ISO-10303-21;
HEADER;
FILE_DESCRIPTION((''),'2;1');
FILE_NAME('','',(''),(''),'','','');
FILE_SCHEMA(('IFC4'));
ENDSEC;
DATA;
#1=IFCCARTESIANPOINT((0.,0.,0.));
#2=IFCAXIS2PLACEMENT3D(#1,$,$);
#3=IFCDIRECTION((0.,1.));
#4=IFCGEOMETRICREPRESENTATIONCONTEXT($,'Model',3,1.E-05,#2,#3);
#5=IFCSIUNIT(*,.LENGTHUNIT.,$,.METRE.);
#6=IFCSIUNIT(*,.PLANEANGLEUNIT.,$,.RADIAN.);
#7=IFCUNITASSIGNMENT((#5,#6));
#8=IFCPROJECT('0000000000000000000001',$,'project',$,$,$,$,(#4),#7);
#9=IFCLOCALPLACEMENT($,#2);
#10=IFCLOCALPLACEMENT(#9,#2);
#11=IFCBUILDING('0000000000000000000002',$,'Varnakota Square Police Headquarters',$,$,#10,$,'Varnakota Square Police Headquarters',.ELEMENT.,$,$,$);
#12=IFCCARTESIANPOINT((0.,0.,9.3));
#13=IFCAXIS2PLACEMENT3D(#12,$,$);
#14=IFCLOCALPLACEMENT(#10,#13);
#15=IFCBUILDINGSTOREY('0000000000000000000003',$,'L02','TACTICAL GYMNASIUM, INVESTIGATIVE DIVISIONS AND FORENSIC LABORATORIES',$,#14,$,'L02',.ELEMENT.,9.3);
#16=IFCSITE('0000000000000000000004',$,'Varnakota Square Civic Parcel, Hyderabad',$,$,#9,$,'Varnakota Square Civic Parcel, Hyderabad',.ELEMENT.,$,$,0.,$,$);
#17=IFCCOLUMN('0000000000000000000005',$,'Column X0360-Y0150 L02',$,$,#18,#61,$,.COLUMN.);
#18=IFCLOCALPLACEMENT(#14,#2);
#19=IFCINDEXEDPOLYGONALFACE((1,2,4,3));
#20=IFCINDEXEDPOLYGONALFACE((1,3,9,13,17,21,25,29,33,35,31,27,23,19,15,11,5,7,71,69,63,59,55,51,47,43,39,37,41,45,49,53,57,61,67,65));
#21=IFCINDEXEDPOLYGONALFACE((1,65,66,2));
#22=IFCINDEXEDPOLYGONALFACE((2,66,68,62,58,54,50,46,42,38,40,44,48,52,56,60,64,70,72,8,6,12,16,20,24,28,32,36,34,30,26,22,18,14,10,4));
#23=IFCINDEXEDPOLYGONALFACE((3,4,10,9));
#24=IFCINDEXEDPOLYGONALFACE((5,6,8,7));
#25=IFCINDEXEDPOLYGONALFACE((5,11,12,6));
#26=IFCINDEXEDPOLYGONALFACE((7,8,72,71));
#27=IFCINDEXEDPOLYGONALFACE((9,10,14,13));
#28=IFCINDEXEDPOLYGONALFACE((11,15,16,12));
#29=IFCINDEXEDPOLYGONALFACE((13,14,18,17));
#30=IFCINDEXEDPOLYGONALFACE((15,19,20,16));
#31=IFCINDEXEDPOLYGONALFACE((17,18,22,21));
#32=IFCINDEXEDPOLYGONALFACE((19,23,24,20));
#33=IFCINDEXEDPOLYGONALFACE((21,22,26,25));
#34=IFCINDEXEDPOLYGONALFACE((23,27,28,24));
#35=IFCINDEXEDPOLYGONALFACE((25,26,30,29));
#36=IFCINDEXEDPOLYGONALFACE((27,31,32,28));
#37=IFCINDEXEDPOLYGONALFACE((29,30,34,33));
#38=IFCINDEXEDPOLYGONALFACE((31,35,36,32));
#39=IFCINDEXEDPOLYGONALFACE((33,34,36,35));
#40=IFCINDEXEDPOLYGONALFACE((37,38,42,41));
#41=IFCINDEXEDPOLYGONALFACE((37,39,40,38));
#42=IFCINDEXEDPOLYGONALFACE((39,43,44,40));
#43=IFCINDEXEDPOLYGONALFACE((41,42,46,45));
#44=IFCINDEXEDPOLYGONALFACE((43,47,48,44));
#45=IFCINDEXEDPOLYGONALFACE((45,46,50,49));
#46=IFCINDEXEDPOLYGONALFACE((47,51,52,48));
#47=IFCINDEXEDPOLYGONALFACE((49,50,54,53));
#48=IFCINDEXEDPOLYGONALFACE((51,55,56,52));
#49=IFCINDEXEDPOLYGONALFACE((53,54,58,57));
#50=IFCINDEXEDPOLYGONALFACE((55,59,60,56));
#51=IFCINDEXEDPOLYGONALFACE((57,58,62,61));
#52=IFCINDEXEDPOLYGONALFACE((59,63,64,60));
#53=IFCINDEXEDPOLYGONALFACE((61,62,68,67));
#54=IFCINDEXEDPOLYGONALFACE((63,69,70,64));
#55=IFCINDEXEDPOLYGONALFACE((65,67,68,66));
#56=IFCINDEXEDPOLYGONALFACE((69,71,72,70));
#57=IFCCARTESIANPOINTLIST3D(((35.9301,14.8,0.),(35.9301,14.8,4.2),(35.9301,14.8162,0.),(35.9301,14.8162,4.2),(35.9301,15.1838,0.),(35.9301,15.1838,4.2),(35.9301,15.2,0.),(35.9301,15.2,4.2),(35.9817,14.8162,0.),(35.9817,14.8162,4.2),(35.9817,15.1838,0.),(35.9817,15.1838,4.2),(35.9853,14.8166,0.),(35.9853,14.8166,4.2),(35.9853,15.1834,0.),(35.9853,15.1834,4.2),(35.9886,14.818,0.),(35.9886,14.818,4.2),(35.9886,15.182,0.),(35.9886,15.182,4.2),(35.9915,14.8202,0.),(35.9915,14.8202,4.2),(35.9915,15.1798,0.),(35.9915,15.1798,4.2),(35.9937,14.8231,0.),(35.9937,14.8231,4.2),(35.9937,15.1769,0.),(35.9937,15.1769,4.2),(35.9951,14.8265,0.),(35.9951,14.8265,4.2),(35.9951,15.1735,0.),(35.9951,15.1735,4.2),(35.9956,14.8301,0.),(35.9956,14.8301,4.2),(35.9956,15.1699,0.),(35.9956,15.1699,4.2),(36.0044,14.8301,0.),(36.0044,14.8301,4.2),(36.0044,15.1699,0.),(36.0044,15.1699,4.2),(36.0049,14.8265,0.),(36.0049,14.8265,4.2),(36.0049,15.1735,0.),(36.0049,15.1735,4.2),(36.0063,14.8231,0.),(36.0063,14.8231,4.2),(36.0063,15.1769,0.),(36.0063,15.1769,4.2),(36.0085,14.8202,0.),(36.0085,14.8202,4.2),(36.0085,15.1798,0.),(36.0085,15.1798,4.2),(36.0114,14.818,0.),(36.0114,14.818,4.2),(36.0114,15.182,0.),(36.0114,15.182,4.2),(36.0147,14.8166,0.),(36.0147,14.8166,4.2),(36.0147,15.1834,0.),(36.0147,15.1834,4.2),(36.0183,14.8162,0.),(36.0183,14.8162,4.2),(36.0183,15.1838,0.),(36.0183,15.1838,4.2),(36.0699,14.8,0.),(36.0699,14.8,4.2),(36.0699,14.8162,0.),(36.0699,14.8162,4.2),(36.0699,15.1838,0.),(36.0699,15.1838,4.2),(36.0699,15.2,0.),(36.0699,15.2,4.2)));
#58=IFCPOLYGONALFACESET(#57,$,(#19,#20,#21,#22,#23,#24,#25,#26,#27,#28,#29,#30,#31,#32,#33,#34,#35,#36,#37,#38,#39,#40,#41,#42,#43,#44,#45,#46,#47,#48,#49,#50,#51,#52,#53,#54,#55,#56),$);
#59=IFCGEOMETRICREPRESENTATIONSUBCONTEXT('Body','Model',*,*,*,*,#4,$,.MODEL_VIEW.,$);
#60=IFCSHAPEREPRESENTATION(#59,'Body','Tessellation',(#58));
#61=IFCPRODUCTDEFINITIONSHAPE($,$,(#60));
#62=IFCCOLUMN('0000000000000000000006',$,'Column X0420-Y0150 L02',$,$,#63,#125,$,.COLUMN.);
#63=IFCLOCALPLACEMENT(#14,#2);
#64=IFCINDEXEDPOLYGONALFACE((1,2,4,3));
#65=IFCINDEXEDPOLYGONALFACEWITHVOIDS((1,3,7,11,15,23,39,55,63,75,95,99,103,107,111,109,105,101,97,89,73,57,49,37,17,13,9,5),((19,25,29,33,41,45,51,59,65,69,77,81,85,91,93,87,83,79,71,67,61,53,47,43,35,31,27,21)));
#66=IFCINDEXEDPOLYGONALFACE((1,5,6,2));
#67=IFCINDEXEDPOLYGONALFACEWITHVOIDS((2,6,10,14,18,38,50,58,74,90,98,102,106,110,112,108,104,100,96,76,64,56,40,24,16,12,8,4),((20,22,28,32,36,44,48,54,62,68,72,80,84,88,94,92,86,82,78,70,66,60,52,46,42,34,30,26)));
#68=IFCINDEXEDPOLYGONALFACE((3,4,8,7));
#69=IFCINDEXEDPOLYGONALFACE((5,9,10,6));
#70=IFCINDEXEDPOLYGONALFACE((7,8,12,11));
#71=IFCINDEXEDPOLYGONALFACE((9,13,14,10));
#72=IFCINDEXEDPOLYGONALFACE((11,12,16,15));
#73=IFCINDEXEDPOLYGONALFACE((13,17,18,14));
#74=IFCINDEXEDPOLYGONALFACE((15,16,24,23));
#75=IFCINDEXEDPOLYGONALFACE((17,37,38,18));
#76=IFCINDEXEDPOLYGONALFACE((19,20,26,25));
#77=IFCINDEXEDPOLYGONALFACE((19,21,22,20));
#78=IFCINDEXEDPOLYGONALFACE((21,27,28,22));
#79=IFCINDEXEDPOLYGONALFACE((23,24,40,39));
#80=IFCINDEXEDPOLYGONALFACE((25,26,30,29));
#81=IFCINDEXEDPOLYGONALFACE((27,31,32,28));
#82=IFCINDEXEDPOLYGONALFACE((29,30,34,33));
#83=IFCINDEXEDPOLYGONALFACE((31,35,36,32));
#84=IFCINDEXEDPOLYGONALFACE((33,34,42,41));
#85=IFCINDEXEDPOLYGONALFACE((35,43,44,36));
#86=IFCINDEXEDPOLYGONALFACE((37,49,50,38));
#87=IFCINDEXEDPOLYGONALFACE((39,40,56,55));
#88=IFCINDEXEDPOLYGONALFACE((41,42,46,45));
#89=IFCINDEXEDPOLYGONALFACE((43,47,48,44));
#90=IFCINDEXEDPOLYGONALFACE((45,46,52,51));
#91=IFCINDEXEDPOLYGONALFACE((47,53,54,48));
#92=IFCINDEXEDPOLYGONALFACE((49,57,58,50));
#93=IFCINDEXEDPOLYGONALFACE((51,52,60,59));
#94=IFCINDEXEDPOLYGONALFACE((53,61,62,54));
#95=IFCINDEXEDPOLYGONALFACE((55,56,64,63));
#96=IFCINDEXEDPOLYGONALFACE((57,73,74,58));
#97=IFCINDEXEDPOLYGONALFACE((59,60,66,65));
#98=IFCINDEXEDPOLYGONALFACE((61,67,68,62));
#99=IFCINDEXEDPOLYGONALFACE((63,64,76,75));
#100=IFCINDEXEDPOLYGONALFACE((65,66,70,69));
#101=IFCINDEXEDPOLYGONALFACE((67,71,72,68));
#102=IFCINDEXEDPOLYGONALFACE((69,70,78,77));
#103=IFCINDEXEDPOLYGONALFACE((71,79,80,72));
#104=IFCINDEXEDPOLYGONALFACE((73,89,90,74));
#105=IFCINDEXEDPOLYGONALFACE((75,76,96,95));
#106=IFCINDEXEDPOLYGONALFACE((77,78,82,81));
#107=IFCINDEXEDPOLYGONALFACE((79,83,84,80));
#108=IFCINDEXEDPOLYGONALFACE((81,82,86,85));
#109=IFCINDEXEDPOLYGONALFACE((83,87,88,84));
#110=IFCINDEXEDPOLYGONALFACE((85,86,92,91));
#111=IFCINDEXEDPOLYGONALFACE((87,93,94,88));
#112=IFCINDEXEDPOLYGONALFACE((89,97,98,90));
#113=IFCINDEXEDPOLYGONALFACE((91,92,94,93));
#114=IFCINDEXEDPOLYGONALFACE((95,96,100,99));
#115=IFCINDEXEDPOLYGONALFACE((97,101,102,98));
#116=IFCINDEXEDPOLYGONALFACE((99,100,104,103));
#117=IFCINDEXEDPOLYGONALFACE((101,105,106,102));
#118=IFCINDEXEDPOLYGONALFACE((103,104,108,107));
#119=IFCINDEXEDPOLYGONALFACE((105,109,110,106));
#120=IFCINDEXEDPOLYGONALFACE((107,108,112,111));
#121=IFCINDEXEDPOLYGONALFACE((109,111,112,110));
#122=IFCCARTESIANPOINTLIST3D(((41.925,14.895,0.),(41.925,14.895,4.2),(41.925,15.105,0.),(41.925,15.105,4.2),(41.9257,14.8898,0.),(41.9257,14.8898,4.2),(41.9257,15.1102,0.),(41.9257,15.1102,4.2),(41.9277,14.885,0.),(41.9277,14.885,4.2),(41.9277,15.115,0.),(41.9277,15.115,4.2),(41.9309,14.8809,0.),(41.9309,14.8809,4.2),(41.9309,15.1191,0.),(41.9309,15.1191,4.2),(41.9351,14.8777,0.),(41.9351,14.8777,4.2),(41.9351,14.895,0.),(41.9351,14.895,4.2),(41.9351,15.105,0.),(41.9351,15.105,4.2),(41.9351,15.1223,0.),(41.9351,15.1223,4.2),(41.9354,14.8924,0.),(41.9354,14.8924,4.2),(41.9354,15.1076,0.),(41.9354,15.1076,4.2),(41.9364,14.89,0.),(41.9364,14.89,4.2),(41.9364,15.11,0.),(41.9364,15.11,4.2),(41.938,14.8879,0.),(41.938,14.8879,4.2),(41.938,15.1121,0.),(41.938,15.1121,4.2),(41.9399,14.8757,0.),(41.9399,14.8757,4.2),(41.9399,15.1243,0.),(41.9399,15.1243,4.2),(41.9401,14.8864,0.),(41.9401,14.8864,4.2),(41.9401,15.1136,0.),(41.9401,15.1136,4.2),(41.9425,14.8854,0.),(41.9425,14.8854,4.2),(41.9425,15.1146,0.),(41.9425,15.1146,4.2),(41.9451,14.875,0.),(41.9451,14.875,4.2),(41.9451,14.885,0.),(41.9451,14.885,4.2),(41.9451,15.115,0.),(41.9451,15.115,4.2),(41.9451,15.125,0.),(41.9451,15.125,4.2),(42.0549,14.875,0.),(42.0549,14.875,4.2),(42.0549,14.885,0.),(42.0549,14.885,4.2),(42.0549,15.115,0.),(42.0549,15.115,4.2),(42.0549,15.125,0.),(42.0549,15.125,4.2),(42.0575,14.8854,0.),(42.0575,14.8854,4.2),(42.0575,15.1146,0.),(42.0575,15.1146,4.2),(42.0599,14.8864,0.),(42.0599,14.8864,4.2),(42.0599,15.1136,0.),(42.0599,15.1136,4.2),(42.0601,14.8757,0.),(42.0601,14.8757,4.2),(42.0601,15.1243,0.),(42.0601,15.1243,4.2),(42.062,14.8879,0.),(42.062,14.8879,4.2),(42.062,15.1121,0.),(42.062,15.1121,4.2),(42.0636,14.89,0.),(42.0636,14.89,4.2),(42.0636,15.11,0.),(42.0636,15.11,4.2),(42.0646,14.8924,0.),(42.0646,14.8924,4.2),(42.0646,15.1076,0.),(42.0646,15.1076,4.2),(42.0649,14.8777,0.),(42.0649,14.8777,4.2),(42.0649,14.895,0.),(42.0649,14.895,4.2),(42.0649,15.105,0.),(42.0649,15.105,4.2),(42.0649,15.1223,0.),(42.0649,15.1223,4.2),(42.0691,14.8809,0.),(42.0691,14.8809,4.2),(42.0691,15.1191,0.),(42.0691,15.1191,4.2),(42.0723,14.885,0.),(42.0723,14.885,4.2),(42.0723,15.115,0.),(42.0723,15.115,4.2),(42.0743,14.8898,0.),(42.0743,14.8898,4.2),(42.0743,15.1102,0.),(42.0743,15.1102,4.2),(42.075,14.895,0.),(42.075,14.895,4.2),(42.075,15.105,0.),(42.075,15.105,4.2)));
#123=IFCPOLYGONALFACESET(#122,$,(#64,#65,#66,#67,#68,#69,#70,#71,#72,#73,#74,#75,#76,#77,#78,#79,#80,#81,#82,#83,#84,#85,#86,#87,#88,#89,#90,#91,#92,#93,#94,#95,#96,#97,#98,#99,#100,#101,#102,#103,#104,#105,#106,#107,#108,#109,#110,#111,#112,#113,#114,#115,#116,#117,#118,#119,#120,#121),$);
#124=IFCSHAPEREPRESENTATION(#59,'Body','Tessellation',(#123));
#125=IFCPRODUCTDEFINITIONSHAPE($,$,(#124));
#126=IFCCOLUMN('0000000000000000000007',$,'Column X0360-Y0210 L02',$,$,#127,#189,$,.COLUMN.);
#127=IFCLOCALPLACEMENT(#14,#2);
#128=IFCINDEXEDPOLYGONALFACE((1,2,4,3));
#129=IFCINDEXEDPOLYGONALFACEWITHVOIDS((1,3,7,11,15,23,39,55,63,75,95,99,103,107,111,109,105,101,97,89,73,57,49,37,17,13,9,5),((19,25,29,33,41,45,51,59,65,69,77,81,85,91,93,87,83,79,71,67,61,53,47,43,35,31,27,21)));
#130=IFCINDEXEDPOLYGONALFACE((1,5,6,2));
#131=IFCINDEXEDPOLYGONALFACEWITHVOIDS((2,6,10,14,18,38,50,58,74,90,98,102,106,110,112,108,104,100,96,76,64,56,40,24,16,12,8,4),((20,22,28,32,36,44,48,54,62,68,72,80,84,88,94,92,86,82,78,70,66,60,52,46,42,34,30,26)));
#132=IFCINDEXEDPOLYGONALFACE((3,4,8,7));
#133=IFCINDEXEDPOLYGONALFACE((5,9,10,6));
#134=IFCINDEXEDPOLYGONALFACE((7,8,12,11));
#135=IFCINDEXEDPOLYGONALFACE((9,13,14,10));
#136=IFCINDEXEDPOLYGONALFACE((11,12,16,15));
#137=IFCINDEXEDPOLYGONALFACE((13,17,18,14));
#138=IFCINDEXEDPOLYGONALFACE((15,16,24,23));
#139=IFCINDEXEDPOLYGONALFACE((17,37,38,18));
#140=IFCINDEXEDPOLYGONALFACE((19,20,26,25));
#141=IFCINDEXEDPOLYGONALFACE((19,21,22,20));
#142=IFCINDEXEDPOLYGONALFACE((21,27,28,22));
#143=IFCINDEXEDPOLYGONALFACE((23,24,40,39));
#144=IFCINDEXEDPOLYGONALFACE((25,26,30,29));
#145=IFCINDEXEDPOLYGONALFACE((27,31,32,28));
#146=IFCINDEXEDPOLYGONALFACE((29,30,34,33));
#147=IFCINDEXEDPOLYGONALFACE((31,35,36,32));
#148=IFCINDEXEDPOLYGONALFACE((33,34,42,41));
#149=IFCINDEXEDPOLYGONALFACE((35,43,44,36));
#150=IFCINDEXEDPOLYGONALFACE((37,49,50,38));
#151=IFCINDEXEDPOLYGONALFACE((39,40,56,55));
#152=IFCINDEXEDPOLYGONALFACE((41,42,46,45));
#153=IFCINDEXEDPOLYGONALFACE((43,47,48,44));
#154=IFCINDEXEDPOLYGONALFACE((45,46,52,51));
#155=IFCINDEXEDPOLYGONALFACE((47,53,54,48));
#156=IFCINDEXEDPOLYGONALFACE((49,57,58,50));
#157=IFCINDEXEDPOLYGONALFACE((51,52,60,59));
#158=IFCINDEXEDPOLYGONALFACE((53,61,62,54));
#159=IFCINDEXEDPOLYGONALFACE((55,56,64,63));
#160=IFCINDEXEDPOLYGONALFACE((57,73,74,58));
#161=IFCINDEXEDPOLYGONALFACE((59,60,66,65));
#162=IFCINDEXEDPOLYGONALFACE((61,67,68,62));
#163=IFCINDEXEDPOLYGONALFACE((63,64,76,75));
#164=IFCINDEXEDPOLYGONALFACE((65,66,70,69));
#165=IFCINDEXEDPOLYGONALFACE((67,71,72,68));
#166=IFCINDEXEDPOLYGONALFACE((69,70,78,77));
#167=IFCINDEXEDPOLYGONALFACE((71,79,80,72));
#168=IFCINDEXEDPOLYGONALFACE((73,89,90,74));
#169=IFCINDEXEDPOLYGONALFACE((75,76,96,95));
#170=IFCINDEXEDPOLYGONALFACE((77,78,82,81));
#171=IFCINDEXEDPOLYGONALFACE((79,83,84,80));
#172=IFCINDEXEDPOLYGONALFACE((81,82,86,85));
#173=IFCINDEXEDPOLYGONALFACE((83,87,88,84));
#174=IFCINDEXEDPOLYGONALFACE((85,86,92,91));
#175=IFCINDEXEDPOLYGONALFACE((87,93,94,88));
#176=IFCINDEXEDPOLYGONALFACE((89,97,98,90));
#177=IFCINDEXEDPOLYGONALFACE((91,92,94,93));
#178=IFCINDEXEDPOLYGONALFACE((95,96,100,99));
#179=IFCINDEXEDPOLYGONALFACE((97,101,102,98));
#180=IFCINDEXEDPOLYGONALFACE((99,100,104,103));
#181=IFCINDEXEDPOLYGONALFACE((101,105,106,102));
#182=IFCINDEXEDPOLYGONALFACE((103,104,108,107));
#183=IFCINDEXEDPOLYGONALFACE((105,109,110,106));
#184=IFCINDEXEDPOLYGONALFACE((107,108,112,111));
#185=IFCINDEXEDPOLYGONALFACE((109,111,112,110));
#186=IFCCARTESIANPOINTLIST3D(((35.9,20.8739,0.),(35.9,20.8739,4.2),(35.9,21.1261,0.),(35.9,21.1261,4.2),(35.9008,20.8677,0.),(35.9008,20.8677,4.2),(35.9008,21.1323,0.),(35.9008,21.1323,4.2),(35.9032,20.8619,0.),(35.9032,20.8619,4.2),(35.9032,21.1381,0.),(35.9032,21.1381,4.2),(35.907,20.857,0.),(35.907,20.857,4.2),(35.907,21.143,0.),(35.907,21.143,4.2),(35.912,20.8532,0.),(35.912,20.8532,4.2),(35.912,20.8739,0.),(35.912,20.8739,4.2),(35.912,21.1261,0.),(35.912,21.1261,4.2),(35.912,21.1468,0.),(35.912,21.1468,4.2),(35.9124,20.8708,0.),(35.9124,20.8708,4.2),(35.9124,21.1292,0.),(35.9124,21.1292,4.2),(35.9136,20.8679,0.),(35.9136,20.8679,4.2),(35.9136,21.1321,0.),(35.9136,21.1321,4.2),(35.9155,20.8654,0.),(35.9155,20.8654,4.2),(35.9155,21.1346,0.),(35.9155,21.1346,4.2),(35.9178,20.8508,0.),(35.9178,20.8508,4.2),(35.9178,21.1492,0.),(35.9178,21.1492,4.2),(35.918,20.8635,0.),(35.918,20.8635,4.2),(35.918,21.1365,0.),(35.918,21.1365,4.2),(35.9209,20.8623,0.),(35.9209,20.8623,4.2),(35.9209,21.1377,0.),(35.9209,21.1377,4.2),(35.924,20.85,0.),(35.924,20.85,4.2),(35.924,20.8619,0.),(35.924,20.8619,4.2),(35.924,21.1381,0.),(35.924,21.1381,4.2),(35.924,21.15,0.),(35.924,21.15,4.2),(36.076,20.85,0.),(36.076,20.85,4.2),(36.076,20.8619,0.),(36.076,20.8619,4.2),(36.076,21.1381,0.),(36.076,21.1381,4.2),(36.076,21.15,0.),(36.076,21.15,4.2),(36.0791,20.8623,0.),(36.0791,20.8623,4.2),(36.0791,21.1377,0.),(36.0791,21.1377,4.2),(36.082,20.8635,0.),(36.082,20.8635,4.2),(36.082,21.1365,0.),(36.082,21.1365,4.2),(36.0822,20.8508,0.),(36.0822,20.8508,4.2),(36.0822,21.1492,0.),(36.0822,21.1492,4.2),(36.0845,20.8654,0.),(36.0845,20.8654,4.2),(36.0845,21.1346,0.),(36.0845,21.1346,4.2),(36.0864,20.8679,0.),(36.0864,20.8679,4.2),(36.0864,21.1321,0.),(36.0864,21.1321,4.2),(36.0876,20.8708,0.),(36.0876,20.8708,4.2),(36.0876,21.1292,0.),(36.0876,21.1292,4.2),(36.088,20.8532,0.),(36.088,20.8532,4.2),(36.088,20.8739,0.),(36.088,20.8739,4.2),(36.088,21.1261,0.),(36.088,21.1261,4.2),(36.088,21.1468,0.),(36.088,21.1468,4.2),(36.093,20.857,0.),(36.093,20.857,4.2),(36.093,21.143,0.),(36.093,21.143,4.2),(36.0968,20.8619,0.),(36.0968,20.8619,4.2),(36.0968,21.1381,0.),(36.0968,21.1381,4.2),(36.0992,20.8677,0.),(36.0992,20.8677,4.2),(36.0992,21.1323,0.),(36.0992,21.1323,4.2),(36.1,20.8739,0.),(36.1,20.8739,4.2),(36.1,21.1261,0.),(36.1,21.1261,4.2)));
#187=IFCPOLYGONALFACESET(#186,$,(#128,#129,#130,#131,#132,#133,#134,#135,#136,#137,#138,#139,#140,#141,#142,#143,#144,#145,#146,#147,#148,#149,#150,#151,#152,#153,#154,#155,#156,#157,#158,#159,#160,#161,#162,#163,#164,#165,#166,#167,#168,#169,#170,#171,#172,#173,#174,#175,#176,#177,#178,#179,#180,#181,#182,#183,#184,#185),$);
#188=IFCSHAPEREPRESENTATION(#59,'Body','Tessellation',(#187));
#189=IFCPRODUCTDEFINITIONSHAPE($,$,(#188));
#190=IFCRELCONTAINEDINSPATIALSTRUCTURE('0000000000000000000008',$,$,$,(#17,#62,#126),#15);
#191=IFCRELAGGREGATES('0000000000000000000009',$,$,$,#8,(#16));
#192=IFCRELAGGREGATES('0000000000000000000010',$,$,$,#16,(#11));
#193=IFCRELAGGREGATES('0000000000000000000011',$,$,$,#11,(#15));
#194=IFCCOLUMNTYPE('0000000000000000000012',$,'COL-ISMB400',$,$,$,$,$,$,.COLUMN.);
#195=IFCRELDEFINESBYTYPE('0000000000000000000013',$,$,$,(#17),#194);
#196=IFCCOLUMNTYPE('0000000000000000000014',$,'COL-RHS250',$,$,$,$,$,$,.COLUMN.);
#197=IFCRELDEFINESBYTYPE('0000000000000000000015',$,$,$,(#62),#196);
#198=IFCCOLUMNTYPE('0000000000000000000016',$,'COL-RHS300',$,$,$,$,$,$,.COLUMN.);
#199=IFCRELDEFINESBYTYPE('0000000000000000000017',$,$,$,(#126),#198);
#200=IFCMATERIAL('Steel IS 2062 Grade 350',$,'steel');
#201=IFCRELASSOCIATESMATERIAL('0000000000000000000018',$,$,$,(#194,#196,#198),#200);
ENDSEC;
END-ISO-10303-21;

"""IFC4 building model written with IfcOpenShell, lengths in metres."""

from ifc_helpers import new_model, si_unit, direction, frame, origin, origin_2d, place, context, subcontext, project, spatial, hollow_rectangle, i_section, extrude, material, material_profile, profile_set, type_object, element, save


model = new_model("IFC4")

# Units and contexts
model_context = context("Model", 3, precision=1e-05, world=origin(), true_north=direction((0.0, 1.0)))
body_context = subcontext(model_context, "Body", "Model", "MODEL_VIEW")
ifc_project = project(units=[si_unit("LENGTHUNIT", "METRE"), si_unit("PLANEANGLEUNIT", "RADIAN")], contexts=[model_context])

# Site, building, storey
site_placement = place(None, origin())
site = spatial("IfcSite", under=ifc_project, at=site_placement, Name="Varnakota Square Civic Parcel, Hyderabad", LongName="Varnakota Square Civic Parcel, Hyderabad", CompositionType="ELEMENT", RefElevation=0.0)
building_placement = place(site_placement, origin())
building = spatial("IfcBuilding", under=site, at=building_placement, Name="Varnakota Square Police Headquarters", LongName="Varnakota Square Police Headquarters", CompositionType="ELEMENT")
storey_placement = place(building_placement, frame((0.0, 0.0, 9.3)))
storey = spatial("IfcBuildingStorey", under=building, at=storey_placement, Name="L02", Description="TACTICAL GYMNASIUM, INVESTIGATIVE DIVISIONS AND FORENSIC LABORATORIES", LongName="L02", CompositionType="ELEMENT", Elevation=9.3)

# Columns
ifc_material_1 = material(Name="Steel IS 2062 Grade 350", Category="steel")
ifc_material_profile_1 = material_profile(ifc_material_1, i_section(OverallWidth=0.1399, OverallDepth=0.3999, WebThickness=0.0088, FlangeThickness=0.0161, FilletRadius=0.0139, at=origin_2d()), Name="ISMB 400")
ifc_profile_set_1 = profile_set([ifc_material_profile_1], Name="Steel IS 2062 Grade 350")
column_type_1 = type_object("IfcColumnType", Name="COL-ISMB400", PredefinedType="COLUMN", material=ifc_profile_set_1)
column_1_placement = place(storey_placement, frame((36.0, 15.0, 0.0), z_axis=(0.0, 0.0, 1.0), x_axis=(1.0, 0.0, 0.0)))
element("IfcColumn", 1, at=column_1_placement, inside=storey, type_object=column_type_1, Name="Column X0360-Y0150 L02", PredefinedType="COLUMN", context=body_context, shape_type="SweptSolid", body=[
    extrude(i_section(OverallWidth=0.1399, OverallDepth=0.3999, WebThickness=0.0088, FlangeThickness=0.0161, FilletRadius=0.0139, at=origin_2d()), origin(), (0.0, 0.0, 1.0), 4.2),
])
ifc_material_profile_2 = material_profile(ifc_material_1, hollow_rectangle(XDim=0.1499, YDim=0.25, WallThickness=0.01, InnerFilletRadius=0.01, OuterFilletRadius=0.02, at=origin_2d()), Name="RHS 250x150x10")
ifc_profile_set_2 = profile_set([ifc_material_profile_2], Name="Steel IS 2062 Grade 350")
column_type_2 = type_object("IfcColumnType", Name="COL-RHS250", PredefinedType="COLUMN", material=ifc_profile_set_2)
column_2_placement = place(storey_placement, frame((42.0, 15.0, 0.0), z_axis=(0.0, 0.0, 1.0), x_axis=(1.0, 0.0, 0.0)))
element("IfcColumn", 2, at=column_2_placement, inside=storey, type_object=column_type_2, Name="Column X0420-Y0150 L02", PredefinedType="COLUMN", context=body_context, shape_type="SweptSolid", body=[
    extrude(hollow_rectangle(XDim=0.1499, YDim=0.25, WallThickness=0.01, InnerFilletRadius=0.01, OuterFilletRadius=0.02, at=origin_2d()), origin(), (0.0, 0.0, 1.0), 4.2),
])
ifc_material_profile_3 = material_profile(ifc_material_1, hollow_rectangle(XDim=0.2, YDim=0.3, WallThickness=0.012, InnerFilletRadius=0.012, OuterFilletRadius=0.0239, at=origin_2d()), Name="RHS 300x200x12")
ifc_profile_set_3 = profile_set([ifc_material_profile_3], Name="Steel IS 2062 Grade 350")
column_type_3 = type_object("IfcColumnType", Name="COL-RHS300", PredefinedType="COLUMN", material=ifc_profile_set_3)
column_3_placement = place(storey_placement, frame((36.0, 21.0, 0.0), z_axis=(0.0, 0.0, 1.0), x_axis=(1.0, 0.0, 0.0)))
element("IfcColumn", 3, at=column_3_placement, inside=storey, type_object=column_type_3, Name="Column X0360-Y0210 L02", PredefinedType="COLUMN", context=body_context, shape_type="SweptSolid", body=[
    extrude(hollow_rectangle(XDim=0.2, YDim=0.3, WallThickness=0.012, InnerFilletRadius=0.012, OuterFilletRadius=0.0239, at=origin_2d()), origin(), (0.0, 0.0, 1.0), 4.2),
])

save(model, "model.ifc")
